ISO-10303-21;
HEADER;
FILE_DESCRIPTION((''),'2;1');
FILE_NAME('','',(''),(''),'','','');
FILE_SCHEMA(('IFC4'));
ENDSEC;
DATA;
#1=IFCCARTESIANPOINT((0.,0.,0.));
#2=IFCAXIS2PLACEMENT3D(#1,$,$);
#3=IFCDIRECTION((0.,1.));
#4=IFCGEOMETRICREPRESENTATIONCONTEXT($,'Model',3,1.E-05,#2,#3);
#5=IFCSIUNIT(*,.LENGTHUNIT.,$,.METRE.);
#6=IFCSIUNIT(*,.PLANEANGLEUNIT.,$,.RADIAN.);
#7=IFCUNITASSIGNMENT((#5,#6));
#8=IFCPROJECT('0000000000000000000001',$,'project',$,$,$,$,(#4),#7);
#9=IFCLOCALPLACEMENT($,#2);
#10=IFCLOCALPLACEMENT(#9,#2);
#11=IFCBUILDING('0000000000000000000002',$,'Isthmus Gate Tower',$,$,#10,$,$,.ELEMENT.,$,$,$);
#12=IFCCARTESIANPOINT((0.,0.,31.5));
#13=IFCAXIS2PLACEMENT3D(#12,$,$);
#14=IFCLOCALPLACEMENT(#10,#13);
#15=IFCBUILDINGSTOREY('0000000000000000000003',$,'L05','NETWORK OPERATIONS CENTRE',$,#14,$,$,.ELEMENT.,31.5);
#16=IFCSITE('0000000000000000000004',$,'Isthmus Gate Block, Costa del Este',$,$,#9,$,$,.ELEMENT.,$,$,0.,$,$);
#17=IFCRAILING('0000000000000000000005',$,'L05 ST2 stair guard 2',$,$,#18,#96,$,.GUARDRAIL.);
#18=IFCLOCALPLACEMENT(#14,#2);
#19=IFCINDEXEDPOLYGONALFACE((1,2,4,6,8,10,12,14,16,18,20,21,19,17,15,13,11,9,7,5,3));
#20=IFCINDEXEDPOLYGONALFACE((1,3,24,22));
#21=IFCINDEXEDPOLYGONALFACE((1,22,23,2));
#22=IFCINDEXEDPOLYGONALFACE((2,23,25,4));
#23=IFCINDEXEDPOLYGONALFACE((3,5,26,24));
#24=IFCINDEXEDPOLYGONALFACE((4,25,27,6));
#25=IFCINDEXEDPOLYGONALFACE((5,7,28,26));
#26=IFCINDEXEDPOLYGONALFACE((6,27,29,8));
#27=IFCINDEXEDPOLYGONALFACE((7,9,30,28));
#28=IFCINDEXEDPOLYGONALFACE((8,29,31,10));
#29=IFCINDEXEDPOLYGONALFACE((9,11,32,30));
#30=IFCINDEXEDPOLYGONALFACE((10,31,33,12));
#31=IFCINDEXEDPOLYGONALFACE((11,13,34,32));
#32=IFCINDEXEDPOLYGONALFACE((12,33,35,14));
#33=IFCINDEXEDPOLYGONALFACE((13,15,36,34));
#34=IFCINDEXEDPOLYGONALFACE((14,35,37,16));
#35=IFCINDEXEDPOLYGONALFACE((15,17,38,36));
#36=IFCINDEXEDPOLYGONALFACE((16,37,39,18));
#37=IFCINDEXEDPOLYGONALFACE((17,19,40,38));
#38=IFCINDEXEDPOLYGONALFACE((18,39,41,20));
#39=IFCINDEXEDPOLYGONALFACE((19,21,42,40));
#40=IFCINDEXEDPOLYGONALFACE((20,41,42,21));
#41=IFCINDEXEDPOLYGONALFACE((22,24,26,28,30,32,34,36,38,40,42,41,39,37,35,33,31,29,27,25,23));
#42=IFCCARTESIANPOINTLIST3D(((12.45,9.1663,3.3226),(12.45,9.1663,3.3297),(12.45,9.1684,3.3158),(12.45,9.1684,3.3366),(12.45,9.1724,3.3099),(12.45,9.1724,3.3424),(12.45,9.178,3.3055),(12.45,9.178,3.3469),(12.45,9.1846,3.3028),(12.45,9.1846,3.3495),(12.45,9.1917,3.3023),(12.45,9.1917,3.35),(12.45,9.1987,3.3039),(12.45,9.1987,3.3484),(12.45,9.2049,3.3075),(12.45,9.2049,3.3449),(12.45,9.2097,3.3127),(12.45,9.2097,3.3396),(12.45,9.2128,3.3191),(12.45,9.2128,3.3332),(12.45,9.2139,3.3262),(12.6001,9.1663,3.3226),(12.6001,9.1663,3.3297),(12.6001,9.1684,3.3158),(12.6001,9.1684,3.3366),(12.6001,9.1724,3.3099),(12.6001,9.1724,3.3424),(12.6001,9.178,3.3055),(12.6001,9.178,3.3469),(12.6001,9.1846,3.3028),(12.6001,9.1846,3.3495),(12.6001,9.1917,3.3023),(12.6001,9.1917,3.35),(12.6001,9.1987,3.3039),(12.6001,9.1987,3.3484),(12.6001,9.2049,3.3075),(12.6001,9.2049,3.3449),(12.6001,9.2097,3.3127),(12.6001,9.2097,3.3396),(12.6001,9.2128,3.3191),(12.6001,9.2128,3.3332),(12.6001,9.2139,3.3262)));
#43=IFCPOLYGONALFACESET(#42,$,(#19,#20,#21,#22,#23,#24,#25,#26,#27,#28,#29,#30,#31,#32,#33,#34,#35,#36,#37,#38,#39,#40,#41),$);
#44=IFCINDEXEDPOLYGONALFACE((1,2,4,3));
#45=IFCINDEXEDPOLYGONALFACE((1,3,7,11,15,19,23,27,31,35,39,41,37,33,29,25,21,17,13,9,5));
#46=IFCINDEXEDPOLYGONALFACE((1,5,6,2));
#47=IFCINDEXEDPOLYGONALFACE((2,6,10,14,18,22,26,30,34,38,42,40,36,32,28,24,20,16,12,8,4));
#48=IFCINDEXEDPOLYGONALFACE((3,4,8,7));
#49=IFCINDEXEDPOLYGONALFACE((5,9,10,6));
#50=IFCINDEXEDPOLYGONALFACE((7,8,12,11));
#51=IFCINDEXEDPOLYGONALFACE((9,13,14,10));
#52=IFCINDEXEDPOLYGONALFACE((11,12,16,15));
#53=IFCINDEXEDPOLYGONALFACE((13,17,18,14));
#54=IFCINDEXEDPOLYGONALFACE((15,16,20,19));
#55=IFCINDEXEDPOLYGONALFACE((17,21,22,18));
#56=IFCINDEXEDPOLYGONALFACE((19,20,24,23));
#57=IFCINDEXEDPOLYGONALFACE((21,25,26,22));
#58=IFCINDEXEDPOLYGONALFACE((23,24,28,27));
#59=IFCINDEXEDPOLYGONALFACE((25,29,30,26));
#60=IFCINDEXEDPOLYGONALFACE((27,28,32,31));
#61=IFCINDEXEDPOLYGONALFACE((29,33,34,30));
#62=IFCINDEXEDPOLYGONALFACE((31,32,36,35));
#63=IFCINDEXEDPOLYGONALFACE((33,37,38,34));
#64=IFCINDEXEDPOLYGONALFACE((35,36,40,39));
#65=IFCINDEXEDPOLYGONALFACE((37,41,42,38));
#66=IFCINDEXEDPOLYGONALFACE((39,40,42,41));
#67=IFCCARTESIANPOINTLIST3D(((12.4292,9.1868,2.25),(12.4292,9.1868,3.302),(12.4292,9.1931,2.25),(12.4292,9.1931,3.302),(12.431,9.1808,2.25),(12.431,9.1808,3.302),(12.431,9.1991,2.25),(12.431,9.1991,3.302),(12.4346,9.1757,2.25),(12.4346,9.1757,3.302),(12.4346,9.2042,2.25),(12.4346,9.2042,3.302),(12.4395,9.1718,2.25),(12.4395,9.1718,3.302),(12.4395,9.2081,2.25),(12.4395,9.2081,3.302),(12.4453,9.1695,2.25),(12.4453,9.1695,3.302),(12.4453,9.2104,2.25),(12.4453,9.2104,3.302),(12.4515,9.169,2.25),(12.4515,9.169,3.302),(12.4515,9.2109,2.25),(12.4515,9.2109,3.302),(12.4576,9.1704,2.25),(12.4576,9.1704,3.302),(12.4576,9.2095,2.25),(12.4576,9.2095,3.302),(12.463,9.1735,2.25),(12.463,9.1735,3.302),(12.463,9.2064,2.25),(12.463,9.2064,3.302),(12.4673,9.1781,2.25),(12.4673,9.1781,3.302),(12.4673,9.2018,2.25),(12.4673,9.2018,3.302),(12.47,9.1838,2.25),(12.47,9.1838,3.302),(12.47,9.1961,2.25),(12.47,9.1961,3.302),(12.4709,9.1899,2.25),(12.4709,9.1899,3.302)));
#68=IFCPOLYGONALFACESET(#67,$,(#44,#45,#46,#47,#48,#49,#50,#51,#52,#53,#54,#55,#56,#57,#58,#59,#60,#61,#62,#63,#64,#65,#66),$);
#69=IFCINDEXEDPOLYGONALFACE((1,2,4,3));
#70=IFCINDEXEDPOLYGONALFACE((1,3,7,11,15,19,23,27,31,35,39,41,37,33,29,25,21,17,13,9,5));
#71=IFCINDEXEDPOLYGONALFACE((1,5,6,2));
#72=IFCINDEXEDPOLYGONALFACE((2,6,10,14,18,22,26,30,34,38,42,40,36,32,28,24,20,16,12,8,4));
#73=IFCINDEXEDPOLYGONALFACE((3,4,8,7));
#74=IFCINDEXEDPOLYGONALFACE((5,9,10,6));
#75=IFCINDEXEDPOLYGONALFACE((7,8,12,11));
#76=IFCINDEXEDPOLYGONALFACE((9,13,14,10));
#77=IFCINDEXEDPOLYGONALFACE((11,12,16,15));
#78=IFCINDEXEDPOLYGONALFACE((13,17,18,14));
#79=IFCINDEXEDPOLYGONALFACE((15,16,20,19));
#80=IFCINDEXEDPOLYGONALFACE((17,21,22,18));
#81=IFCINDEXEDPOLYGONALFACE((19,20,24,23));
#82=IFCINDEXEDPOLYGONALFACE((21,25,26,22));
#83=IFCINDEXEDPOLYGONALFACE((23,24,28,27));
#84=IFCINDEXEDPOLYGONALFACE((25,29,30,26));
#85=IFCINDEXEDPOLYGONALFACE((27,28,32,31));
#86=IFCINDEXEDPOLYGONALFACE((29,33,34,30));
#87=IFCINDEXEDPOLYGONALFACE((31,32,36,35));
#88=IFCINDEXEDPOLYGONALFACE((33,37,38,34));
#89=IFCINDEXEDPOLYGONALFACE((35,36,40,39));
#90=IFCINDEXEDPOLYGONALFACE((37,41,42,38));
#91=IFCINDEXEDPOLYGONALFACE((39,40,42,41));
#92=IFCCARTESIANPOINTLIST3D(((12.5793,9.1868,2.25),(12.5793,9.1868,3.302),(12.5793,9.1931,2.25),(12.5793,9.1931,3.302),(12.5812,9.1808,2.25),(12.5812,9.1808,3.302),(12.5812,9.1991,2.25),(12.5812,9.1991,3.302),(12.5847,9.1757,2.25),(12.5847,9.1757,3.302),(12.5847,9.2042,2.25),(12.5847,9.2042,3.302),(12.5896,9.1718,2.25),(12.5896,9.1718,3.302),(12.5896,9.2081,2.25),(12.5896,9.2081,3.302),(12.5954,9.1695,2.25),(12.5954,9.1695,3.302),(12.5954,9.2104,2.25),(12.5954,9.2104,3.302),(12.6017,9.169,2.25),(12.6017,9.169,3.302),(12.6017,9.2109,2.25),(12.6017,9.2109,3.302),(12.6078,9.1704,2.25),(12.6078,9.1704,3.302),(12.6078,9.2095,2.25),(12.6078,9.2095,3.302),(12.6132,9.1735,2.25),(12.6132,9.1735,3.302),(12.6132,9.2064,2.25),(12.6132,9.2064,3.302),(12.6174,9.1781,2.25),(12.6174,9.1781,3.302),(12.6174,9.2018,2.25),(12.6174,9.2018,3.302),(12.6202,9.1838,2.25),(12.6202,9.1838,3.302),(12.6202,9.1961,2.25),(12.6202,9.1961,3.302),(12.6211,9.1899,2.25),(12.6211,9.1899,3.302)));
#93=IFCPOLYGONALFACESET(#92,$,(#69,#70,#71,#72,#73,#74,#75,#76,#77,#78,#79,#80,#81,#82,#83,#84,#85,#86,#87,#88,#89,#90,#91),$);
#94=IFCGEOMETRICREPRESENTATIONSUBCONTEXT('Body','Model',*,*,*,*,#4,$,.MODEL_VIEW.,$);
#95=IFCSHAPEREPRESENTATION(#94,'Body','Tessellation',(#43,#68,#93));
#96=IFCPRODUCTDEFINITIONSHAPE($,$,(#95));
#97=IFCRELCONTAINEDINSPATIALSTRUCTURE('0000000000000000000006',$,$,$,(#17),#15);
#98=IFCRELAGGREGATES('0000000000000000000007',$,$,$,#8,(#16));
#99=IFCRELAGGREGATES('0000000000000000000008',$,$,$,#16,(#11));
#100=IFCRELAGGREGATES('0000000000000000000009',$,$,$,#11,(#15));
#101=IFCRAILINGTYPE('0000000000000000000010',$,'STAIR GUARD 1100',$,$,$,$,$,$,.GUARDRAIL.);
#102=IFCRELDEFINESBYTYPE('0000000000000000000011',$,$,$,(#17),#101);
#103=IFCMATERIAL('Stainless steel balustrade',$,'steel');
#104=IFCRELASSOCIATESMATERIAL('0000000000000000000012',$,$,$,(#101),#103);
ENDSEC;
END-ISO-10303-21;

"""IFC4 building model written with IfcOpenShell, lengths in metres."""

from ifc_helpers import new_model, si_unit, direction, frame, origin, origin_2d, place, context, subcontext, project, spatial, circle, extrude, material, type_object, element, save


model = new_model("IFC4")

# Units and contexts
model_context = context("Model", 3, precision=1e-05, world=origin(), true_north=direction((0.0, 1.0)))
body_context = subcontext(model_context, "Body", "Model", "MODEL_VIEW")
ifc_project = project(units=[si_unit("LENGTHUNIT", "METRE"), si_unit("PLANEANGLEUNIT", "RADIAN")], contexts=[model_context])

# Site, building, storey
site_placement = place(None, origin())
site = spatial("IfcSite", under=ifc_project, at=site_placement, Name="Isthmus Gate Block, Costa del Este", CompositionType="ELEMENT", RefElevation=0.0)
building_placement = place(site_placement, origin())
building = spatial("IfcBuilding", under=site, at=building_placement, Name="Isthmus Gate Tower", CompositionType="ELEMENT")
storey_placement = place(building_placement, frame((0.0, 0.0, 31.5)))
storey = spatial("IfcBuildingStorey", under=building, at=storey_placement, Name="L05", Description="NETWORK OPERATIONS CENTRE", CompositionType="ELEMENT", Elevation=31.5)

# Railing
ifc_material_1 = material(Name="Stainless steel balustrade", Category="steel")
railing_type_1 = type_object("IfcRailingType", Name="STAIR GUARD 1100", PredefinedType="GUARDRAIL", material=ifc_material_1)
railing_1_placement = place(storey_placement, frame((12.45, 9.1899, 2.25)))
element("IfcRailing", 1, at=railing_1_placement, inside=storey, type_object=railing_type_1, Name="L05 ST2 stair guard 2", PredefinedType="GUARDRAIL", context=body_context, shape_type="SweptSolid", body=[
    extrude(circle(Radius=0.0239, at=origin_2d()), frame((0.0, 0.0, 1.0762), z_axis=(1.0, 0.0, 0.0), x_axis=(0.0, 1.0, 0.0)), (0.0, 0.0, 1.0), 0.1501),
    extrude(circle(Radius=0.021, at=origin_2d()), origin(), (0.0, 0.0, 1.0), 1.052),
    extrude(circle(Radius=0.021, at=origin_2d()), frame((0.1501, 0.0, 0.0)), (0.0, 0.0, 1.0), 1.052),
])

save(model, "model.ifc")
